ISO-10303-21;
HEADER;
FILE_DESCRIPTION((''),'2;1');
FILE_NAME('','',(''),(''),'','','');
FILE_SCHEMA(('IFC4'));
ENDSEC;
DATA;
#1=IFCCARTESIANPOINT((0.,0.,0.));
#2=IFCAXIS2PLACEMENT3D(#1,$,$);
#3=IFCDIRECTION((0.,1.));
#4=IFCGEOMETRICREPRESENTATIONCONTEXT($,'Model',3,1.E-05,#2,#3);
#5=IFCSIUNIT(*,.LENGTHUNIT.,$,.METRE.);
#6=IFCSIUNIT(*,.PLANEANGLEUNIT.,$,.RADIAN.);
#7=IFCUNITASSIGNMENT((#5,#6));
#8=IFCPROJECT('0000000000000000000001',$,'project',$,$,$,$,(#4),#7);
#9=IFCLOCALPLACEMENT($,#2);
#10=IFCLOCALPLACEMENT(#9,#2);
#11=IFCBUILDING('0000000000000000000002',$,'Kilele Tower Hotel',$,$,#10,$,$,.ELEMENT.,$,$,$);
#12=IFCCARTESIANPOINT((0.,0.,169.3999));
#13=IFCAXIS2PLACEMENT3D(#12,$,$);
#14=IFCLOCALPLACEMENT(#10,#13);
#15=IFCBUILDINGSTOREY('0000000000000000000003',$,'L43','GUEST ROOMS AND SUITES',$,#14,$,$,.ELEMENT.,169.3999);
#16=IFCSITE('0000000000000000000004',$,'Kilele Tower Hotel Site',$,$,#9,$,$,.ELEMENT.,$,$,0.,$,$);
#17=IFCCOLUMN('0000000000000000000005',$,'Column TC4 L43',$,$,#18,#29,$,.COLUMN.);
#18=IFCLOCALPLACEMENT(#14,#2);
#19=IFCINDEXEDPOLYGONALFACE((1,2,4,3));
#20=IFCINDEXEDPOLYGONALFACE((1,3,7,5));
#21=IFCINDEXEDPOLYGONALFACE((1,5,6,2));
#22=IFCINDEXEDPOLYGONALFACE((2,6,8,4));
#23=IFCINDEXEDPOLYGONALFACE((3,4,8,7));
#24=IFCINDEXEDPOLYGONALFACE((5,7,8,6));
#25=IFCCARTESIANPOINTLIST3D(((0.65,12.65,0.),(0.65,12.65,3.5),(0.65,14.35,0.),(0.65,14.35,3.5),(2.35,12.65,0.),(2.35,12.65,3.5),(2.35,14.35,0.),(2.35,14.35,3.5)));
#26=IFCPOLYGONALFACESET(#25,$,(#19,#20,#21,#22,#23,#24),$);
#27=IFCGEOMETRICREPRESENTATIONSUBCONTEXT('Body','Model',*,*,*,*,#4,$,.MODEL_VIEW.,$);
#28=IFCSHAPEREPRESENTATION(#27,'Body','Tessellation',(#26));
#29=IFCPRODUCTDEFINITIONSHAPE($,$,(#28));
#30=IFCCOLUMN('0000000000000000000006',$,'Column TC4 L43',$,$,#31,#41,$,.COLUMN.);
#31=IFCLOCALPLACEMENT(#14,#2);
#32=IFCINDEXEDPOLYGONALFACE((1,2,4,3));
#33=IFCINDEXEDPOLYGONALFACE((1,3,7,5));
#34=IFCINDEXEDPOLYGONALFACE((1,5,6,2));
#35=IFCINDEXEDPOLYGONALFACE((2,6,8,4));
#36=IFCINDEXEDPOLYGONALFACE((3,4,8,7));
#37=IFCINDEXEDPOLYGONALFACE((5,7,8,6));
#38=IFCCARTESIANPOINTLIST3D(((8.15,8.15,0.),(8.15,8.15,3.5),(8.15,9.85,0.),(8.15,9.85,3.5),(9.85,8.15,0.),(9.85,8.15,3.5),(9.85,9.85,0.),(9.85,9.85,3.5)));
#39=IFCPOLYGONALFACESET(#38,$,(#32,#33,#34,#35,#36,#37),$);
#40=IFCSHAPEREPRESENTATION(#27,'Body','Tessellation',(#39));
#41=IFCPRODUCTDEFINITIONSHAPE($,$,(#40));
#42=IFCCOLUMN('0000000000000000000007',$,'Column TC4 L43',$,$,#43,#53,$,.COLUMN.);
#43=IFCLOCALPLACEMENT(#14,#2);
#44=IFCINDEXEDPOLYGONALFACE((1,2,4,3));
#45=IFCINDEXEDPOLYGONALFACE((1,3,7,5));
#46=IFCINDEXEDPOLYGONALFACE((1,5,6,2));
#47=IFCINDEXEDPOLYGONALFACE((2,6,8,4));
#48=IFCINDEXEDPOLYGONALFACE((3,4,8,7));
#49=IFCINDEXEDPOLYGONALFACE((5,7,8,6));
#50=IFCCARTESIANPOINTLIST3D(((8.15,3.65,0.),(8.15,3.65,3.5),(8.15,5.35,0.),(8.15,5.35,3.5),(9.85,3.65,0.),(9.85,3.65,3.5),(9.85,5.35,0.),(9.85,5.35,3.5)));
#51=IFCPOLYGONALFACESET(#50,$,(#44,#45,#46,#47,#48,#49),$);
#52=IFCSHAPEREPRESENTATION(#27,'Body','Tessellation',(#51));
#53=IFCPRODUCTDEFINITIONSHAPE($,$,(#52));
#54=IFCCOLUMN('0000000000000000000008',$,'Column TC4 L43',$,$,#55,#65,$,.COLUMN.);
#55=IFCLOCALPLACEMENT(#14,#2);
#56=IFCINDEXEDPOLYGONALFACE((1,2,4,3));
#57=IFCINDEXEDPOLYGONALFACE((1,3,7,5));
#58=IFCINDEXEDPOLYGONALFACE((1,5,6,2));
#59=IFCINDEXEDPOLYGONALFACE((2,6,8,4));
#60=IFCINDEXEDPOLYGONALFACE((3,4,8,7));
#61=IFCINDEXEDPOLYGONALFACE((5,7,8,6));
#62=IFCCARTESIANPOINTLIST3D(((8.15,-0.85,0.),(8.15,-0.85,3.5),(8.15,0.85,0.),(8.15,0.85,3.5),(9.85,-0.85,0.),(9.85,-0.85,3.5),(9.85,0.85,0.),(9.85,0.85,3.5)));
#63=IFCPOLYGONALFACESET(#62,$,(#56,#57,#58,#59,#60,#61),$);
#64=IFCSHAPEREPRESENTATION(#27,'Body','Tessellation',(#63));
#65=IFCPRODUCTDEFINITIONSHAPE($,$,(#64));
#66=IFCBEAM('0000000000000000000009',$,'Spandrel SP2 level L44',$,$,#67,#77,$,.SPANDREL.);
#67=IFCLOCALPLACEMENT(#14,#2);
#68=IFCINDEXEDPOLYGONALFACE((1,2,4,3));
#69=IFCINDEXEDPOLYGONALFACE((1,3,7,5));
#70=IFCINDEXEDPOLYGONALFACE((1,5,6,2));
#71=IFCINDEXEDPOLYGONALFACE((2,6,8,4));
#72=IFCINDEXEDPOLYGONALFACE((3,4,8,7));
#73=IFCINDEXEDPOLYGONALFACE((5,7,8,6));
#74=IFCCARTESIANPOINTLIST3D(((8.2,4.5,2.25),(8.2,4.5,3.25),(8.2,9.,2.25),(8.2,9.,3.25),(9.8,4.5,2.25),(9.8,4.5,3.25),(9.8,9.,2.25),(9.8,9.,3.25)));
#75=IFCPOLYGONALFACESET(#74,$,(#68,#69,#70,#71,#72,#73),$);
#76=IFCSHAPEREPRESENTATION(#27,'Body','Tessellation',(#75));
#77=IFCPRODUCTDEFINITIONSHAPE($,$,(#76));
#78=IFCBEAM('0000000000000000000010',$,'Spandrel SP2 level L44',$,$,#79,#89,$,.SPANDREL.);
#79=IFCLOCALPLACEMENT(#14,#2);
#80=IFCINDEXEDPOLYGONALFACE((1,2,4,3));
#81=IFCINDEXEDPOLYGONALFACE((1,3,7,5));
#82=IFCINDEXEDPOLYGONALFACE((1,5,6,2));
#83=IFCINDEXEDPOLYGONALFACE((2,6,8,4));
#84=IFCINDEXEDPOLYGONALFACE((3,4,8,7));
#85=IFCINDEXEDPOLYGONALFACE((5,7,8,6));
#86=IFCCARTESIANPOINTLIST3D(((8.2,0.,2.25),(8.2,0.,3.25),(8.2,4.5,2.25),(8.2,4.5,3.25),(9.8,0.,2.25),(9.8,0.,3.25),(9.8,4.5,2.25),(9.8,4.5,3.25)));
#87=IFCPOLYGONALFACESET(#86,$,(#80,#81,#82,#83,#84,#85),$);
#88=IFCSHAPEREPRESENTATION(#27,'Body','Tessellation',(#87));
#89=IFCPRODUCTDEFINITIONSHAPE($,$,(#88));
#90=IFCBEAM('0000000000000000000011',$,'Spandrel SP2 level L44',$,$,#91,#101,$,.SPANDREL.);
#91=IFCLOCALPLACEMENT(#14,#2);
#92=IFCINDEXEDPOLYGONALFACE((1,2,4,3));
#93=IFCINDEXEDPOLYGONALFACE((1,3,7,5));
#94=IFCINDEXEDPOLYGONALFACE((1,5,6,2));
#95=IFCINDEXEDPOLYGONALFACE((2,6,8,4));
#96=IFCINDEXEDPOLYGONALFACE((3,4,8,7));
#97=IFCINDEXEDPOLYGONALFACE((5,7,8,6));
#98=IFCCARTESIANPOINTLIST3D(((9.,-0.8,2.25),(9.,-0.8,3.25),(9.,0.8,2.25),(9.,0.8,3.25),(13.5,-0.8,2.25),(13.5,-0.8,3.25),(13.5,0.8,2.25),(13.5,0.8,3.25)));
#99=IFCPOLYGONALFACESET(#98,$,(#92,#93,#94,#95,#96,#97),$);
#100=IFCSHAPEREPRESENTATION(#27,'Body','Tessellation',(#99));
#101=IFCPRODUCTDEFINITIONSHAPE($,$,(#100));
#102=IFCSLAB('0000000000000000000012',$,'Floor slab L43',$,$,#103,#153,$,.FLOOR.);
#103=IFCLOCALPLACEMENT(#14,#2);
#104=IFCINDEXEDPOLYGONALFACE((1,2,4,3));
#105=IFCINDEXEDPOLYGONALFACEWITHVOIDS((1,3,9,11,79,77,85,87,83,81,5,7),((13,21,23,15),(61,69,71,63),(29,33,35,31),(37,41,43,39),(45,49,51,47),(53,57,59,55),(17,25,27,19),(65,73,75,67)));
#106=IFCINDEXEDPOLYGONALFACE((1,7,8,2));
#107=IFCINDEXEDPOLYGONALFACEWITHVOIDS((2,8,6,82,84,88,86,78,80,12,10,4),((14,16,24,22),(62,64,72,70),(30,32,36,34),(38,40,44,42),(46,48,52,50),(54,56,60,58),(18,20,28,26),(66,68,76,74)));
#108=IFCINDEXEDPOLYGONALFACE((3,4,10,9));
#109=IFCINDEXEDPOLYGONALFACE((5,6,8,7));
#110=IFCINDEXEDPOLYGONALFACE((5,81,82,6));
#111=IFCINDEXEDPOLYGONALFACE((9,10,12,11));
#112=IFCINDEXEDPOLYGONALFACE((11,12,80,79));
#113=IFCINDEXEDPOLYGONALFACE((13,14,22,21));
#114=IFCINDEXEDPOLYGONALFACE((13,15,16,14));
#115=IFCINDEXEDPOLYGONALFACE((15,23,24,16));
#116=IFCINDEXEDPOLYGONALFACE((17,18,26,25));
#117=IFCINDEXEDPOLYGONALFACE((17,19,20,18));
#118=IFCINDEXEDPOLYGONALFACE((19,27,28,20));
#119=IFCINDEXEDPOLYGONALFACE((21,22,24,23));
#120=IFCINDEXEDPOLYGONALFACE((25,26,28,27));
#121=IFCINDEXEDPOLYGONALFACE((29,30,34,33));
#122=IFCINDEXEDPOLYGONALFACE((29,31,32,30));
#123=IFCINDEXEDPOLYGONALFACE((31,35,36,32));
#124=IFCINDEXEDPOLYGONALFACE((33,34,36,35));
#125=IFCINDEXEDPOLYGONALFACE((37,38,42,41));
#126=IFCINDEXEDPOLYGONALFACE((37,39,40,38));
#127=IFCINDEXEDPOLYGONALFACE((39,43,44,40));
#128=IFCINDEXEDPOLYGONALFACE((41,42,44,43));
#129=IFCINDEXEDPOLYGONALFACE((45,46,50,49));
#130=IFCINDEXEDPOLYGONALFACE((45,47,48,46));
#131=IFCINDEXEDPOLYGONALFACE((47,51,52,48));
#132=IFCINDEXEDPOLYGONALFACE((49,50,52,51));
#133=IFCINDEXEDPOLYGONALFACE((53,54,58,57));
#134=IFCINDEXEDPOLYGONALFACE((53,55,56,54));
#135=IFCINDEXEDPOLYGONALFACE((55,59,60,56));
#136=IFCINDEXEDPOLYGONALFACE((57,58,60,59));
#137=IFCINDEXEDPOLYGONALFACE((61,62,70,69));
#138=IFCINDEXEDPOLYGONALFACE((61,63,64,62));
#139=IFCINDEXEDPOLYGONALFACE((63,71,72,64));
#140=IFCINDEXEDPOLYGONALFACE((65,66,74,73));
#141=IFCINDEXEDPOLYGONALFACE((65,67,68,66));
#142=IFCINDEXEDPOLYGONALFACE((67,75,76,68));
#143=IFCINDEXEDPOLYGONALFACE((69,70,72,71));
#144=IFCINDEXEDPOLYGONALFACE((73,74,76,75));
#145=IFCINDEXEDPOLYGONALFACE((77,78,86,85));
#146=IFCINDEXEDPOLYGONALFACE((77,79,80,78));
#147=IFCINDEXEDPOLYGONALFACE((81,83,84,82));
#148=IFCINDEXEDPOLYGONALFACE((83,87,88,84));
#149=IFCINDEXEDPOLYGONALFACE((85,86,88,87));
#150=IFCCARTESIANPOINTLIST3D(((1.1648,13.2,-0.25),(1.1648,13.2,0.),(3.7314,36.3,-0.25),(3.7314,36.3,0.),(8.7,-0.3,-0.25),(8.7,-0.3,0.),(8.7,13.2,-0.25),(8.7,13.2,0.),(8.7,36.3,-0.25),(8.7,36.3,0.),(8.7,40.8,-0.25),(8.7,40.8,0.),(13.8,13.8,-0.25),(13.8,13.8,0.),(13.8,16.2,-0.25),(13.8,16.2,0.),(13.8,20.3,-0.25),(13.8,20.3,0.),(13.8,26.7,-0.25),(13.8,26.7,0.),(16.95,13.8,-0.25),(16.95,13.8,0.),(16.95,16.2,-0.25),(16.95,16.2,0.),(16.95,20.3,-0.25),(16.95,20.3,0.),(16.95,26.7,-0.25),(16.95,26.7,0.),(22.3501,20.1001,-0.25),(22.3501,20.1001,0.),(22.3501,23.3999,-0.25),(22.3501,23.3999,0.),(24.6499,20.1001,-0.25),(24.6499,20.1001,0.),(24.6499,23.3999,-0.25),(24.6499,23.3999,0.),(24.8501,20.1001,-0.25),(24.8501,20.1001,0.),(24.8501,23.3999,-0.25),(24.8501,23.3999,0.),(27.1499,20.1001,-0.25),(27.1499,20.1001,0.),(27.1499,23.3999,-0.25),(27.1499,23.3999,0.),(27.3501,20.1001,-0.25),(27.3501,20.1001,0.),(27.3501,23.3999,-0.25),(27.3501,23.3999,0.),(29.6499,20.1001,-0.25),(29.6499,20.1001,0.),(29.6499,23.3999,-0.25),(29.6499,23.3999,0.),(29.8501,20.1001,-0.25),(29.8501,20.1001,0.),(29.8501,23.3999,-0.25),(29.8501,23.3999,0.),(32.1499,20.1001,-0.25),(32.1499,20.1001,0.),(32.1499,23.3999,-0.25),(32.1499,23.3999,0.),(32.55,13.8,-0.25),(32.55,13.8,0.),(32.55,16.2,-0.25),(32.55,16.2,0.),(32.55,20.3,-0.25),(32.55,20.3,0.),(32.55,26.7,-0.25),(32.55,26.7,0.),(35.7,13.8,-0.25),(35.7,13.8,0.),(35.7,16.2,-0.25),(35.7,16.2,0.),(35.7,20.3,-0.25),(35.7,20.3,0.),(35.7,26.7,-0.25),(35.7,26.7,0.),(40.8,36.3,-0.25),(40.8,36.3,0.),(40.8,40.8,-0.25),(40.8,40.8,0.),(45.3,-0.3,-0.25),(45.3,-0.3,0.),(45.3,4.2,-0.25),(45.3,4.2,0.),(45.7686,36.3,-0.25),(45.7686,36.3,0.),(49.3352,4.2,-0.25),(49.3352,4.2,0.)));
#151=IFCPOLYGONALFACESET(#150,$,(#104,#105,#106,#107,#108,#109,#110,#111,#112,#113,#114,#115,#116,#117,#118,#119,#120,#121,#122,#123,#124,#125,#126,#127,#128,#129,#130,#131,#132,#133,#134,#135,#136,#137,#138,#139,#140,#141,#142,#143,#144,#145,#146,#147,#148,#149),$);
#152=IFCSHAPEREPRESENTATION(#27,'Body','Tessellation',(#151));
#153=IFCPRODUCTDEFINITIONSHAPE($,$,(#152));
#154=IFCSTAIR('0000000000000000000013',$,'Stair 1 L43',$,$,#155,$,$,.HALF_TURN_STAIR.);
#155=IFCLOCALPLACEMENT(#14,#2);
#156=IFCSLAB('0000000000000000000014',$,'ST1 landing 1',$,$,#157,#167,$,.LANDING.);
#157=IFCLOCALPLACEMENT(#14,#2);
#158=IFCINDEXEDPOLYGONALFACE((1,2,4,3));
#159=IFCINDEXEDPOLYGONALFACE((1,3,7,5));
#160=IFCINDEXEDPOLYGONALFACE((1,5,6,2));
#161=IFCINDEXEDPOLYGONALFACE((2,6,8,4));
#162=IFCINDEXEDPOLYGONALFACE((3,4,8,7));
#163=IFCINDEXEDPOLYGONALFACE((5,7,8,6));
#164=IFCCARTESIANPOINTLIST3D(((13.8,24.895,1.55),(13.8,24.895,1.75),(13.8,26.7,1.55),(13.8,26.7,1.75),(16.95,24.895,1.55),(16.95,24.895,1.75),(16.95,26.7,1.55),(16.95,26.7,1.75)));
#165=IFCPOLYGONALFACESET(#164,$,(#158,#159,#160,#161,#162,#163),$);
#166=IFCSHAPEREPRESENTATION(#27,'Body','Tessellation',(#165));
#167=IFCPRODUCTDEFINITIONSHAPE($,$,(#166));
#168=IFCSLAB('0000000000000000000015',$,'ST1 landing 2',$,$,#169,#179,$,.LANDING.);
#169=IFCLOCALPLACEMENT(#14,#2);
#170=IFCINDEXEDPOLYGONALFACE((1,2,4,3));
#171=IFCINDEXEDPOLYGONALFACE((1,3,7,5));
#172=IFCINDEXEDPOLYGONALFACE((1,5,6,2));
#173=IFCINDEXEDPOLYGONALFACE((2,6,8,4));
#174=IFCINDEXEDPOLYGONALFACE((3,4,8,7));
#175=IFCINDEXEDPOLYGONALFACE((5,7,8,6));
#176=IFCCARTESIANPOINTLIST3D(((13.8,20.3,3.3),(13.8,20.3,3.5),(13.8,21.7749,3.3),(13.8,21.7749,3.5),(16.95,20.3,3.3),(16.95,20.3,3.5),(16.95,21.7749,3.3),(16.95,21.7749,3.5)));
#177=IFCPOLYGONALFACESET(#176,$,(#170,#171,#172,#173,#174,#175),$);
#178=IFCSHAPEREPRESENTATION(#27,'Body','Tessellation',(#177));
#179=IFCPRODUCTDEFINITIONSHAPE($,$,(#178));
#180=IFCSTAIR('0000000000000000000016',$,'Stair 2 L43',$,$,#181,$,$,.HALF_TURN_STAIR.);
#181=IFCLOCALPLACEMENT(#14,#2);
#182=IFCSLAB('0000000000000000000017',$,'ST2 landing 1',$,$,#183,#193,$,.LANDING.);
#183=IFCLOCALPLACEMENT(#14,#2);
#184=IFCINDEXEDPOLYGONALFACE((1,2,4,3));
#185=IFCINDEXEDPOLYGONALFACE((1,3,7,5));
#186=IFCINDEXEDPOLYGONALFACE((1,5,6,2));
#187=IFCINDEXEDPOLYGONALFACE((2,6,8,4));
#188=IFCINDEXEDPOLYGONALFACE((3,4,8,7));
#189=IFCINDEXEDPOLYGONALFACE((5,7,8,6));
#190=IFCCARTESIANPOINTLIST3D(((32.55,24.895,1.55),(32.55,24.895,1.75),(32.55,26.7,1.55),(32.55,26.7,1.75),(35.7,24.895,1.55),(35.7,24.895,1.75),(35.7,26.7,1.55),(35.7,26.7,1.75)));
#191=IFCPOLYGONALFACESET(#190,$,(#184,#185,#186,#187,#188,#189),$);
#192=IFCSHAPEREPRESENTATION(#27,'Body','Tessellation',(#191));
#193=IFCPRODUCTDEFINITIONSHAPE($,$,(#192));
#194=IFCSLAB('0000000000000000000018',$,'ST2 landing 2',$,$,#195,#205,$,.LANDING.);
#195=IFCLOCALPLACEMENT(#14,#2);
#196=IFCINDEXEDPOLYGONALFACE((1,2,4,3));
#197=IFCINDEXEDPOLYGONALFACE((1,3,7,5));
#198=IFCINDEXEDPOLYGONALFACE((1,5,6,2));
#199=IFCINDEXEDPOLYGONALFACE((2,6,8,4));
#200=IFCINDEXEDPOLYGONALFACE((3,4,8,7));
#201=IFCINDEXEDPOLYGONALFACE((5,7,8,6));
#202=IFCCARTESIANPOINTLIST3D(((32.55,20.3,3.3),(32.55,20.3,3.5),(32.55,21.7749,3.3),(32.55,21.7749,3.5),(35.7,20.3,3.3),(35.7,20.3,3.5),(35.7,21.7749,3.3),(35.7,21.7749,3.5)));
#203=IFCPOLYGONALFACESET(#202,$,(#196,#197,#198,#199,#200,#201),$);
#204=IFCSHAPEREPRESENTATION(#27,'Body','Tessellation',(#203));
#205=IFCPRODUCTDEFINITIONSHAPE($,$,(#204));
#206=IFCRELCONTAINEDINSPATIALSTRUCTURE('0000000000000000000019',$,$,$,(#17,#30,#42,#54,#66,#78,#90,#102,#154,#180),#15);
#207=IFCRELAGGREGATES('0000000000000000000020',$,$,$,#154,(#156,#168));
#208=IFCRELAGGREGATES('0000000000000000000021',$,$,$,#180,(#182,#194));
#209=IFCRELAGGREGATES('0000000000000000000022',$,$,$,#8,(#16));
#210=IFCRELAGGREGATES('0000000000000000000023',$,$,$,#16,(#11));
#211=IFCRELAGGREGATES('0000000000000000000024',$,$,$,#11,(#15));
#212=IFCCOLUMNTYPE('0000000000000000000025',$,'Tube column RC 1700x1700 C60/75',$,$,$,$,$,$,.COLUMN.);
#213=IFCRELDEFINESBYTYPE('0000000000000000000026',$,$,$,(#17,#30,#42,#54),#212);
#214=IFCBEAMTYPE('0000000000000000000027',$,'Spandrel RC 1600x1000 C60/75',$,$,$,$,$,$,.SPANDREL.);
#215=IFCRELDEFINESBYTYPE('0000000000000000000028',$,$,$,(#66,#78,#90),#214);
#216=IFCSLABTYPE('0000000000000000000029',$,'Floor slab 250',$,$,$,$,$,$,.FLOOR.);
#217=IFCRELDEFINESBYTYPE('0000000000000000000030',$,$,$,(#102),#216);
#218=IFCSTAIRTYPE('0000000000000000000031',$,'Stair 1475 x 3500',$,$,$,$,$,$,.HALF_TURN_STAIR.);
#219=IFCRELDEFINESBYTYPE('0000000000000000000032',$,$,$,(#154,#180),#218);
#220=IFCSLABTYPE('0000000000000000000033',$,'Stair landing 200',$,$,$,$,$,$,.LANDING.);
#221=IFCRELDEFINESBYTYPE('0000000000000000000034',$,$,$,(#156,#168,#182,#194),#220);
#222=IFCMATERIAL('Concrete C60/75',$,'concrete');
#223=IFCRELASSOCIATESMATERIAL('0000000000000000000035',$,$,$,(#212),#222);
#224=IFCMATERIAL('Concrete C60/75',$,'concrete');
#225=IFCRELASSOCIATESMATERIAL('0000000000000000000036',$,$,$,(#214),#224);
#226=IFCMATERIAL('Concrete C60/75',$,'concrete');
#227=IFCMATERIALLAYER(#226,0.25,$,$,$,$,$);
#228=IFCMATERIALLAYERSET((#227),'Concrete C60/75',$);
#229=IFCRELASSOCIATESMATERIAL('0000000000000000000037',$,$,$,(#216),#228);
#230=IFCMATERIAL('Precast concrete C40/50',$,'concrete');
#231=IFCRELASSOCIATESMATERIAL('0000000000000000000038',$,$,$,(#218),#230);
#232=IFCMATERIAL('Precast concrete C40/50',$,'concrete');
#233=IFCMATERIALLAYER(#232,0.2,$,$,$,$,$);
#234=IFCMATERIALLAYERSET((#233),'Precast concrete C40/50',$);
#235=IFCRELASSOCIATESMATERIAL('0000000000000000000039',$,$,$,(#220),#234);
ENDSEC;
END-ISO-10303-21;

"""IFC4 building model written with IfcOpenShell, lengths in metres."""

from ifc_helpers import new_model, si_unit, direction, frame, origin, origin_2d, place, context, subcontext, project, spatial, polyline, rectangle, outline, extrude, material, layer, layer_set, material_profile, profile_set, type_object, element, aggregate, save


model = new_model("IFC4")

# Units and contexts
model_context = context("Model", 3, precision=1e-05, world=origin(), true_north=direction((0.0, 1.0)))
body_context = subcontext(model_context, "Body", "Model", "MODEL_VIEW")
ifc_project = project(units=[si_unit("LENGTHUNIT", "METRE"), si_unit("PLANEANGLEUNIT", "RADIAN")], contexts=[model_context])

# Site, building, storey
site_placement = place(None, origin())
site = spatial("IfcSite", under=ifc_project, at=site_placement, Name="Kilele Tower Hotel Site", CompositionType="ELEMENT", RefElevation=0.0)
building_placement = place(site_placement, origin())
building = spatial("IfcBuilding", under=site, at=building_placement, Name="Kilele Tower Hotel", CompositionType="ELEMENT")
storey_placement = place(building_placement, frame((0.0, 0.0, 169.3999)))
storey = spatial("IfcBuildingStorey", under=building, at=storey_placement, Name="L43", Description="GUEST ROOMS AND SUITES", CompositionType="ELEMENT", Elevation=169.3999)

# Columns
ifc_material_1 = material(Name="Concrete C60/75", Category="concrete")
ifc_material_profile_1 = material_profile(ifc_material_1, rectangle(XDim=1.7, YDim=1.7, at=origin_2d()))
ifc_profile_set_1 = profile_set([ifc_material_profile_1], Name="Concrete C60/75")
column_type = type_object("IfcColumnType", Name="Tube column RC 1700x1700 C60/75", PredefinedType="COLUMN", material=ifc_profile_set_1)
for number, where, z_axis, x_axis, name in (
    (1, (1.5, 13.5, 0.0), (0.0, 0.0, 1.0), (1.0, 0.0, 0.0), "Column TC4 L43"),
    (2, (9.0, 9.0, 0.0), (0.0, 0.0, 1.0), (1.0, 0.0, 0.0), "Column TC4 L43"),
    (3, (9.0, 4.5, 0.0), (0.0, 0.0, 1.0), (1.0, 0.0, 0.0), "Column TC4 L43"),
    (4, (9.0, 0.0, 0.0), (0.0, 0.0, 1.0), (1.0, 0.0, 0.0), "Column TC4 L43"),
):
    element("IfcColumn", number, at=place(storey_placement, frame(where, z_axis=z_axis, x_axis=x_axis)), inside=storey, type_object=column_type, Name=name, PredefinedType="COLUMN", context=body_context, shape_type="SweptSolid", body=[
        extrude(rectangle(XDim=1.7, YDim=1.7, at=origin_2d()), origin(), (0.0, 0.0, 1.0), 3.5),
    ])

# Beams
ifc_material_2 = material(Name="Concrete C60/75", Category="concrete")
ifc_material_profile_2 = material_profile(ifc_material_2, rectangle(XDim=1.6001, YDim=1.0, at=origin_2d()))
ifc_profile_set_2 = profile_set([ifc_material_profile_2], Name="Concrete C60/75")
beam_type = type_object("IfcBeamType", Name="Spandrel RC 1600x1000 C60/75", PredefinedType="SPANDREL", material=ifc_profile_set_2)
for number, where, z_axis, x_axis, name in (
    (5, (9.0, 9.0, 2.75), (0.0, -1.0, 0.0), (1.0, 0.0, 0.0), "Spandrel SP2 level L44"),
    (6, (9.0, 4.5, 2.75), (0.0, -1.0, 0.0), (1.0, 0.0, 0.0), "Spandrel SP2 level L44"),
    (7, (9.0, 0.0, 2.75), (1.0, 0.0, 0.0), (0.0, 1.0, 0.0), "Spandrel SP2 level L44"),
):
    element("IfcBeam", number, at=place(storey_placement, frame(where, z_axis=z_axis, x_axis=x_axis)), inside=storey, type_object=beam_type, Name=name, PredefinedType="SPANDREL", context=body_context, shape_type="SweptSolid", body=[
        extrude(rectangle(XDim=1.6001, YDim=1.0, at=origin_2d()), origin(), (0.0, 0.0, 1.0), 4.5),
    ])

# Slab
ifc_material_3 = material(Name="Concrete C60/75", Category="concrete")
ifc_layer_1 = layer(ifc_material_3, 0.25)
ifc_layer_set_1 = layer_set([ifc_layer_1], Name="Concrete C60/75")
slab_type_1 = type_object("IfcSlabType", Name="Floor slab 250", PredefinedType="FLOOR", material=ifc_layer_set_1)
slab_1_placement = place(storey_placement, frame((0.0, 0.0, -0.25)))
element("IfcSlab", 8, at=slab_1_placement, inside=storey, type_object=slab_type_1, Name="Floor slab L43", PredefinedType="FLOOR", context=body_context, shape_type="SweptSolid", body=[
    extrude(outline(polyline([(8.7, 36.3), (8.7, 40.8), (40.8, 40.8), (40.8, 36.3), (45.7686, 36.3), (49.3352, 4.2), (45.3, 4.2), (45.3, -0.3), (8.7, -0.3), (8.7, 13.2), (1.1648, 13.2), (3.7314, 36.3), (8.7, 36.3)]), holes=[polyline([(16.95, 16.2), (13.8, 16.2), (13.8, 13.8), (16.95, 13.8), (16.95, 16.2)]), polyline([(35.7, 16.2), (32.55, 16.2), (32.55, 13.8), (35.7, 13.8), (35.7, 16.2)]), polyline([(24.6499, 23.3999), (22.3501, 23.3999), (22.3501, 20.1001), (24.6499, 20.1001), (24.6499, 23.3999)]), polyline([(27.1499, 23.3999), (24.8501, 23.3999), (24.8501, 20.1001), (27.1499, 20.1001), (27.1499, 23.3999)]), polyline([(29.6499, 23.3999), (27.3501, 23.3999), (27.3501, 20.1001), (29.6499, 20.1001), (29.6499, 23.3999)]), polyline([(32.1499, 23.3999), (29.8501, 23.3999), (29.8501, 20.1001), (32.1499, 20.1001), (32.1499, 23.3999)]), polyline([(16.95, 26.7), (13.8, 26.7), (13.8, 20.3), (16.95, 20.3), (16.95, 26.7)]), polyline([(35.7, 26.7), (32.55, 26.7), (32.55, 20.3), (35.7, 20.3), (35.7, 26.7)])]), origin(), (0.0, 0.0, 1.0), 0.25),
])

# Stairs, slabs
ifc_material_4 = material(Name="Precast concrete C40/50", Category="concrete")
stair_type = type_object("IfcStairType", Name="Stair 1475 x 3500", PredefinedType="HALF_TURN_STAIR", material=ifc_material_4)
stair_1_placement = place(storey_placement, origin())
stair_1 = element("IfcStair", 9, at=stair_1_placement, inside=storey, type_object=stair_type, Name="Stair 1 L43", PredefinedType="HALF_TURN_STAIR")
ifc_material_5 = material(Name="Precast concrete C40/50", Category="concrete")
ifc_layer_2 = layer(ifc_material_5, 0.2)
ifc_layer_set_2 = layer_set([ifc_layer_2], Name="Precast concrete C40/50")
slab_type_2 = type_object("IfcSlabType", Name="Stair landing 200", PredefinedType="LANDING", material=ifc_layer_set_2)
slab_2_placement = place(storey_placement, frame((0.0, 0.0, 1.55)))
slab_2 = element("IfcSlab", 10, at=slab_2_placement, type_object=slab_type_2, Name="ST1 landing 1", PredefinedType="LANDING", context=body_context, shape_type="SweptSolid", body=[
    extrude(outline(polyline([(13.8, 24.895), (16.95, 24.895), (16.95, 26.7), (13.8, 26.7), (13.8, 24.895)])), origin(), (0.0, 0.0, 1.0), 0.2),
])
slab_3_placement = place(storey_placement, frame((0.0, 0.0, 3.3)))
slab_3 = element("IfcSlab", 11, at=slab_3_placement, type_object=slab_type_2, Name="ST1 landing 2", PredefinedType="LANDING", context=body_context, shape_type="SweptSolid", body=[
    extrude(outline(polyline([(13.8, 20.3), (16.95, 20.3), (16.95, 21.7749), (13.8, 21.7749), (13.8, 20.3)])), origin(), (0.0, 0.0, 1.0), 0.2),
])
aggregate(stair_1, [slab_2, slab_3])
stair_2_placement = place(storey_placement, origin())
stair_2 = element("IfcStair", 12, at=stair_2_placement, inside=storey, type_object=stair_type, Name="Stair 2 L43", PredefinedType="HALF_TURN_STAIR")
slab_4_placement = place(storey_placement, frame((0.0, 0.0, 1.55)))
slab_4 = element("IfcSlab", 13, at=slab_4_placement, type_object=slab_type_2, Name="ST2 landing 1", PredefinedType="LANDING", context=body_context, shape_type="SweptSolid", body=[
    extrude(outline(polyline([(32.55, 24.895), (35.7, 24.895), (35.7, 26.7), (32.55, 26.7), (32.55, 24.895)])), origin(), (0.0, 0.0, 1.0), 0.2),
])
slab_5_placement = place(storey_placement, frame((0.0, 0.0, 3.3)))
slab_5 = element("IfcSlab", 14, at=slab_5_placement, type_object=slab_type_2, Name="ST2 landing 2", PredefinedType="LANDING", context=body_context, shape_type="SweptSolid", body=[
    extrude(outline(polyline([(32.55, 20.3), (35.7, 20.3), (35.7, 21.7749), (32.55, 21.7749), (32.55, 20.3)])), origin(), (0.0, 0.0, 1.0), 0.2),
])
aggregate(stair_2, [slab_4, slab_5])

save(model, "model.ifc")
